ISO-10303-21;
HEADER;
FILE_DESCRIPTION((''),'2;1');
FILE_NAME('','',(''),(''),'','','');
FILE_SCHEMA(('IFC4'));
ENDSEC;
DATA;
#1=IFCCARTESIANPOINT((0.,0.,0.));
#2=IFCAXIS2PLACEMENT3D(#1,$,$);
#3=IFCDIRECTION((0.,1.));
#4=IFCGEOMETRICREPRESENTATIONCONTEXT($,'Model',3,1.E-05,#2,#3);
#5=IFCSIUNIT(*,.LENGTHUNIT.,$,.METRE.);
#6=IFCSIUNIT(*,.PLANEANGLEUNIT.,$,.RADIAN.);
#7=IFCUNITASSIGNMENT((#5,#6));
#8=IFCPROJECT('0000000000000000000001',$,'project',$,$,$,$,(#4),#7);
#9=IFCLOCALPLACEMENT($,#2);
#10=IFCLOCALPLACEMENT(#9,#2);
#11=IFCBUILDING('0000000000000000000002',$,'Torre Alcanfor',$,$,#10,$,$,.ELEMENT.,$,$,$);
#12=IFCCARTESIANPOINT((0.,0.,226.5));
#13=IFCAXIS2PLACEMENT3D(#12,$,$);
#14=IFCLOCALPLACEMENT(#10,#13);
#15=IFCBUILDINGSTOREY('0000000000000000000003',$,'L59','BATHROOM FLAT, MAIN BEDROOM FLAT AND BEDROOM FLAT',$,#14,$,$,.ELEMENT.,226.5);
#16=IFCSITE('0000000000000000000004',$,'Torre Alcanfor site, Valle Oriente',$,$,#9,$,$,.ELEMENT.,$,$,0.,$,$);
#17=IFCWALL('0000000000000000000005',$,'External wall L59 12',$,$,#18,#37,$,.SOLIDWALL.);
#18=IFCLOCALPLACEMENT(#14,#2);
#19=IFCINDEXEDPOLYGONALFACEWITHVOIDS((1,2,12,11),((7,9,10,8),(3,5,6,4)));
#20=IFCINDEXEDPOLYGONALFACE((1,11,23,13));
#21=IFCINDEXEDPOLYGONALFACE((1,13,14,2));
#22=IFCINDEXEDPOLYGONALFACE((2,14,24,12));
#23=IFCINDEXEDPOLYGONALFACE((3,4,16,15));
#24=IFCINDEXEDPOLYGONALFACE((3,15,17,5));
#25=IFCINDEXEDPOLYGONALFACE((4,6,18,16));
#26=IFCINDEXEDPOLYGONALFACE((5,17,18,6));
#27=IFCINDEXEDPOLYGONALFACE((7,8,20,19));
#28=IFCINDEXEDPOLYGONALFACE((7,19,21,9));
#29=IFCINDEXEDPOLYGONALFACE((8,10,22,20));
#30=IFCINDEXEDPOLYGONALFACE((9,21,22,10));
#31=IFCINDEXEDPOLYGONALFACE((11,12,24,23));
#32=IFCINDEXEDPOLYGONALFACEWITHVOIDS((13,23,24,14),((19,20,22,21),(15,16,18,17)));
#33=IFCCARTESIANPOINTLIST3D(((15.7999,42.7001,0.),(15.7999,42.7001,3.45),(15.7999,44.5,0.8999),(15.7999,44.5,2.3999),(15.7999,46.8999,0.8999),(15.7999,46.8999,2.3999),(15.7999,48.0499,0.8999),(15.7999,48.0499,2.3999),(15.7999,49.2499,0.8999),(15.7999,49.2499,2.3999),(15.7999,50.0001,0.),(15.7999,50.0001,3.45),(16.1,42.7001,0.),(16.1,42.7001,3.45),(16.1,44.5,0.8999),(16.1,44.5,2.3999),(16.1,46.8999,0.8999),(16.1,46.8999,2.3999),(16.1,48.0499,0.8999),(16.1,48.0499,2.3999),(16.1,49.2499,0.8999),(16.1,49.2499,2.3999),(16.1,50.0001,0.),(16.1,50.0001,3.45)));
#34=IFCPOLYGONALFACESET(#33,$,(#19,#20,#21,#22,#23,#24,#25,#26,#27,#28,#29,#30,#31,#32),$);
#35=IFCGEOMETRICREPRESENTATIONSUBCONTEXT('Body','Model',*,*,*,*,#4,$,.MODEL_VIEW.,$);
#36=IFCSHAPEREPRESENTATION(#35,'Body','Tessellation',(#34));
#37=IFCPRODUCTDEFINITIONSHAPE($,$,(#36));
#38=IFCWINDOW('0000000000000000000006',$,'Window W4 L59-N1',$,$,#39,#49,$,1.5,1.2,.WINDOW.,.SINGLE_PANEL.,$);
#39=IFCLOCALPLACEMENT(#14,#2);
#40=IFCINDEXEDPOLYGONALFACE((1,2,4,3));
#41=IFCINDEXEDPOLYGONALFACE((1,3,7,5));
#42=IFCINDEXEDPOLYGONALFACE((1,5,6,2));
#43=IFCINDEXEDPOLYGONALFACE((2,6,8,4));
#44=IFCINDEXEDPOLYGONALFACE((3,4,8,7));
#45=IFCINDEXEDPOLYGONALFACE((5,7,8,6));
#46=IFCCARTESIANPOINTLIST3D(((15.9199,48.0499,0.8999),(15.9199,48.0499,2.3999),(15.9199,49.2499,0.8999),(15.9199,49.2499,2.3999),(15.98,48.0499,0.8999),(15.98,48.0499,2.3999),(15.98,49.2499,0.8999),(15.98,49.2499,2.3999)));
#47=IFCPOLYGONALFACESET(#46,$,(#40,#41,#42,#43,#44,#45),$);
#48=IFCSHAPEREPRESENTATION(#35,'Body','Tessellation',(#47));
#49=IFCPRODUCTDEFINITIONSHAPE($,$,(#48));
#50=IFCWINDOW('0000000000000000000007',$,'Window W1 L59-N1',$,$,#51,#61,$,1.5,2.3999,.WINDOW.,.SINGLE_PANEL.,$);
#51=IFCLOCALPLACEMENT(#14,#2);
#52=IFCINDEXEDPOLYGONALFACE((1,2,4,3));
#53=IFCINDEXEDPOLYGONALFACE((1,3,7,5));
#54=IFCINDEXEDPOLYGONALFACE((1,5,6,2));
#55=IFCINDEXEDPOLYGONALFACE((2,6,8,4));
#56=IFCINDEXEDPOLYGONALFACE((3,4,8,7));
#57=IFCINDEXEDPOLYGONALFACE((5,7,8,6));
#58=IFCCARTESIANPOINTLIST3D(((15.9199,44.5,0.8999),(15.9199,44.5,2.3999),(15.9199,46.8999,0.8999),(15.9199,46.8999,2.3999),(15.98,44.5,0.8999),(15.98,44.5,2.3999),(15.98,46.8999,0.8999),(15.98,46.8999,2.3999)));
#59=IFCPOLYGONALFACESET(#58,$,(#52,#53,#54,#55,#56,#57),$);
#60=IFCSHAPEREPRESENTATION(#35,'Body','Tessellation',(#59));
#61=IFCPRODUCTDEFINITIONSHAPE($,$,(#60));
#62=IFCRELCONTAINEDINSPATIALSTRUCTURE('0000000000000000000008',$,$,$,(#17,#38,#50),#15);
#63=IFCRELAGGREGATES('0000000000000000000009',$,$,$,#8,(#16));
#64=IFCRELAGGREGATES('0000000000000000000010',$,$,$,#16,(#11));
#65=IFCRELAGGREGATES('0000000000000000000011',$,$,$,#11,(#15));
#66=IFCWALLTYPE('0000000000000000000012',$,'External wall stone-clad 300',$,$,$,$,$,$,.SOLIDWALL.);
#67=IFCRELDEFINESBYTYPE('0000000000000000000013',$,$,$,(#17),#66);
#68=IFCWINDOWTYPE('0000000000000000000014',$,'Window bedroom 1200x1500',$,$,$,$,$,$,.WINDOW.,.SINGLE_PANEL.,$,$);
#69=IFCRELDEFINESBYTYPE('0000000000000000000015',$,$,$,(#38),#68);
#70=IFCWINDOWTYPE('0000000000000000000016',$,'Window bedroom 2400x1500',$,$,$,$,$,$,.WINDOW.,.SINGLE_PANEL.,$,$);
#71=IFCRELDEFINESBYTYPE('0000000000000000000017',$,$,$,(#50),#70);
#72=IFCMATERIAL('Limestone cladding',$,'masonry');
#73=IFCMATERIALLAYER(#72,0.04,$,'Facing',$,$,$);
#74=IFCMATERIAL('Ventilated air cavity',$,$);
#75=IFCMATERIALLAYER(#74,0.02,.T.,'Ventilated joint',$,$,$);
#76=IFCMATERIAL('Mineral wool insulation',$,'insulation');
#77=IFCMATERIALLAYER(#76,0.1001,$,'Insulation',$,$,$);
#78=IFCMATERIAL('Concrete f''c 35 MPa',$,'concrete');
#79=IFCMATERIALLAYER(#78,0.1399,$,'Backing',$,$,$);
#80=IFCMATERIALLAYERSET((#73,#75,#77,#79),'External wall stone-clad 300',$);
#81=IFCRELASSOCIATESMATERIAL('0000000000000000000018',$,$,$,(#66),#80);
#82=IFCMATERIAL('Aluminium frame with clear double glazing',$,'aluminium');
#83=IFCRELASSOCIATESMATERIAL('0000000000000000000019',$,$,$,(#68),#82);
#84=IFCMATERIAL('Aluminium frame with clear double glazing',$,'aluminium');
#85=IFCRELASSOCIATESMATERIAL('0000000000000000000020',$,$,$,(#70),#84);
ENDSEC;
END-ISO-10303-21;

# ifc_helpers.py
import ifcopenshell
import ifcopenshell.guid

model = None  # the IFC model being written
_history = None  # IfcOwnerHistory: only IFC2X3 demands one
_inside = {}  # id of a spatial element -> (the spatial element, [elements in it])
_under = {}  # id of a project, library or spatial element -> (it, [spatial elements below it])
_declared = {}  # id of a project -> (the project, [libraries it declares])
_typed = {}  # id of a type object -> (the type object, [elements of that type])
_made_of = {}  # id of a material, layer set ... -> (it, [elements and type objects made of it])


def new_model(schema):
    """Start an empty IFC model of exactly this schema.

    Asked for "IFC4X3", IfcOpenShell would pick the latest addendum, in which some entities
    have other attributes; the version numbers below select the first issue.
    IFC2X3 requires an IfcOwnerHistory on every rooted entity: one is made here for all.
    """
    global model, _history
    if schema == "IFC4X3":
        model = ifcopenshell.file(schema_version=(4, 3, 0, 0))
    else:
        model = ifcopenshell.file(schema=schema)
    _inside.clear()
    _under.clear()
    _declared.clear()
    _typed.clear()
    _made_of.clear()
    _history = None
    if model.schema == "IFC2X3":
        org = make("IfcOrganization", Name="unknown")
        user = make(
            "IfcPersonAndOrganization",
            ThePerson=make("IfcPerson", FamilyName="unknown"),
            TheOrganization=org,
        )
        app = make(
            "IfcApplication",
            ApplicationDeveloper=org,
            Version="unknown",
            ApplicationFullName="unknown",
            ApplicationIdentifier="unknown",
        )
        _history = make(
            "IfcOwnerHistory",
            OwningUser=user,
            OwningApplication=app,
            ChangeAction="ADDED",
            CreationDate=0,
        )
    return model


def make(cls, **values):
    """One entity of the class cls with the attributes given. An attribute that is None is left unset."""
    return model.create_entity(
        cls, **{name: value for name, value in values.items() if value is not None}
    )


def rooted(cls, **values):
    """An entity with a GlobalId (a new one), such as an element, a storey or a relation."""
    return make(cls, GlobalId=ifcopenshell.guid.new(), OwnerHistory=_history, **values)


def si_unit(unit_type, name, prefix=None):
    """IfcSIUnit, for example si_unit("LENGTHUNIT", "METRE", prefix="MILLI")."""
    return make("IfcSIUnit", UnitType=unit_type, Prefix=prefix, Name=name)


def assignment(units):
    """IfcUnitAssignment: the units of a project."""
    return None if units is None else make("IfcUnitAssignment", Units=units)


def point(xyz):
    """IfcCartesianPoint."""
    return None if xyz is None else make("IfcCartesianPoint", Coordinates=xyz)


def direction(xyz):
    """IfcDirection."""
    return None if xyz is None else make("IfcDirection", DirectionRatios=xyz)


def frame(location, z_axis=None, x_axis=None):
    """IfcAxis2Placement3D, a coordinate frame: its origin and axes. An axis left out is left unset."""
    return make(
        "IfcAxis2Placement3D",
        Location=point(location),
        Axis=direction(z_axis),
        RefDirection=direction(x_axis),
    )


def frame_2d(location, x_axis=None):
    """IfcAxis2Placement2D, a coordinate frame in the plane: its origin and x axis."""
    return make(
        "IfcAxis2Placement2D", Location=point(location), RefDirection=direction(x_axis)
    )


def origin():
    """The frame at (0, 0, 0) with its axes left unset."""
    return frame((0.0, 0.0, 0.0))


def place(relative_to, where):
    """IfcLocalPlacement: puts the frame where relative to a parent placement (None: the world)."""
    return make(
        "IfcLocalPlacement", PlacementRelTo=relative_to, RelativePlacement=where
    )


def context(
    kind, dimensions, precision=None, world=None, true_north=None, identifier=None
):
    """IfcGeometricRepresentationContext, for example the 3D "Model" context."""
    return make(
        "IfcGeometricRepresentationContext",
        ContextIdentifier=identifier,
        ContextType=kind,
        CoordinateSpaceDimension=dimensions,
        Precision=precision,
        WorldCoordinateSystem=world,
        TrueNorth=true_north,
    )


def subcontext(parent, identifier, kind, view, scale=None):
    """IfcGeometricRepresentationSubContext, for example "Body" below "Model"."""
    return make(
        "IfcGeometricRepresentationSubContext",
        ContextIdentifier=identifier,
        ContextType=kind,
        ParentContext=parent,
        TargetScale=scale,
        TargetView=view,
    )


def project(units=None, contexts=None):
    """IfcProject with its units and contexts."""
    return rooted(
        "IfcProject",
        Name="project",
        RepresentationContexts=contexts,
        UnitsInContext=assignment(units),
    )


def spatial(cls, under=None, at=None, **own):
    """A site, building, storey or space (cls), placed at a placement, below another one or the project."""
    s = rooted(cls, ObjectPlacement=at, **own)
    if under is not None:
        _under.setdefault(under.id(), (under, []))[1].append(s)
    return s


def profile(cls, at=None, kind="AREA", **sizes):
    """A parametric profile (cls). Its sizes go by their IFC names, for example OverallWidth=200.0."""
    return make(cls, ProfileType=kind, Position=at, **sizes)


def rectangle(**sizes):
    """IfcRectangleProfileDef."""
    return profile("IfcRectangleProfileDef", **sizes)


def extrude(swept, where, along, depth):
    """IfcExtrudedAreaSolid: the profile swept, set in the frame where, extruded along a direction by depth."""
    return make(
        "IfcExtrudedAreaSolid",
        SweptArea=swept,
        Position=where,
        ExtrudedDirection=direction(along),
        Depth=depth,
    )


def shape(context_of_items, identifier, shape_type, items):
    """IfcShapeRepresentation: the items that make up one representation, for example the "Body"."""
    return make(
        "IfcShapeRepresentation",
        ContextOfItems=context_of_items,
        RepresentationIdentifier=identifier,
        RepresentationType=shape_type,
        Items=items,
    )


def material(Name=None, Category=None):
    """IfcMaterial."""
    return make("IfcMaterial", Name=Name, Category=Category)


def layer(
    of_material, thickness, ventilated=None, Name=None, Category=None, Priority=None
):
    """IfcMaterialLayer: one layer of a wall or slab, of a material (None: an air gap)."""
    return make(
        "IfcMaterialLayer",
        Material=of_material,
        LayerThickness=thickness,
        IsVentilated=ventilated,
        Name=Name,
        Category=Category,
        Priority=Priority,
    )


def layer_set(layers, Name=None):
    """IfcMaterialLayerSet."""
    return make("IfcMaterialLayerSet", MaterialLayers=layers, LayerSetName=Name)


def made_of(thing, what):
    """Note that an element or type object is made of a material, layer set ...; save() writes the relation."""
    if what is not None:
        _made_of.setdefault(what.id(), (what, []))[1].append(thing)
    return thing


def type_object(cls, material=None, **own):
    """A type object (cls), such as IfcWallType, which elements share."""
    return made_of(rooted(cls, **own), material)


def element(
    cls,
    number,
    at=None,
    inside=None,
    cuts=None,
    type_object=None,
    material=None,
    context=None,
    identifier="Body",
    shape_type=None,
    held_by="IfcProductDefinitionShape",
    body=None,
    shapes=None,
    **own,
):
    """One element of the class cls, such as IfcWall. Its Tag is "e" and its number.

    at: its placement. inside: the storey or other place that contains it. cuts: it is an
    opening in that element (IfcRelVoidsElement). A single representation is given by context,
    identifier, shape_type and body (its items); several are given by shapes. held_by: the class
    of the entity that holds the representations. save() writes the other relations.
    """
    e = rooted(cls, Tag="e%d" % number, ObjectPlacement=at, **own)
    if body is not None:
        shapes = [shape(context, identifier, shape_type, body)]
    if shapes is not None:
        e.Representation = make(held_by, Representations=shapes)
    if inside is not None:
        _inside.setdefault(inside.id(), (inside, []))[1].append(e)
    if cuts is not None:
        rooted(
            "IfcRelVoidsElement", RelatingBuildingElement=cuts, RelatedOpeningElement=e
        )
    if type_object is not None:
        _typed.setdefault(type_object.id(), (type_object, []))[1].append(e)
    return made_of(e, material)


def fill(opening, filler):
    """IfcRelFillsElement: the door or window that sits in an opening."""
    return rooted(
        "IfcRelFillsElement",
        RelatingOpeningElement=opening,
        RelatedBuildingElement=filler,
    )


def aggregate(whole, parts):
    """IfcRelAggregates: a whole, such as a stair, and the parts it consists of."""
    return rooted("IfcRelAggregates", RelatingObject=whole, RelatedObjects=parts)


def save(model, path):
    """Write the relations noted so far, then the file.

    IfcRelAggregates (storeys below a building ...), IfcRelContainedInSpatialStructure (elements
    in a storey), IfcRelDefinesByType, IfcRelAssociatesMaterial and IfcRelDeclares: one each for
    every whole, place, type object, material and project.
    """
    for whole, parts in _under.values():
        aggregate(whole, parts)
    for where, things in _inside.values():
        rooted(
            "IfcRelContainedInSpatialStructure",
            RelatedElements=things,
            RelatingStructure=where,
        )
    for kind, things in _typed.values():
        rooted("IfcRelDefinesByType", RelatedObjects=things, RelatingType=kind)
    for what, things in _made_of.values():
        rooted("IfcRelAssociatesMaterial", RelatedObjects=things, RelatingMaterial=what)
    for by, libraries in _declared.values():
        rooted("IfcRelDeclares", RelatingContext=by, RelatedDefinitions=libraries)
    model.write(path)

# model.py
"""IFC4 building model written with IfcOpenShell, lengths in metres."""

from ifc_helpers import new_model, si_unit, direction, frame, frame_2d, origin, place, context, subcontext, project, spatial, rectangle, extrude, material, layer, layer_set, type_object, element, fill, save


model = new_model("IFC4")

# Units and contexts
model_context = context("Model", 3, precision=1e-05, world=origin(), true_north=direction((0.0, 1.0)))
body_context = subcontext(model_context, "Body", "Model", "MODEL_VIEW")
ifc_project = project(units=[si_unit("LENGTHUNIT", "METRE"), si_unit("PLANEANGLEUNIT", "RADIAN")], contexts=[model_context])

# Site, building, storey
site_placement = place(None, origin())
site = spatial("IfcSite", under=ifc_project, at=site_placement, Name="Torre Alcanfor site, Valle Oriente", CompositionType="ELEMENT", RefElevation=0.0)
building_placement = place(site_placement, origin())
building = spatial("IfcBuilding", under=site, at=building_placement, Name="Torre Alcanfor", CompositionType="ELEMENT")
storey_placement = place(building_placement, frame((0.0, 0.0, 226.5)))
storey = spatial("IfcBuildingStorey", under=building, at=storey_placement, Name="L59", Description="BATHROOM FLAT, MAIN BEDROOM FLAT AND BEDROOM FLAT", CompositionType="ELEMENT", Elevation=226.5)

# Shared definitions
ifc_material_1 = material(Name="Limestone cladding", Category="masonry")
ifc_layer_1 = layer(ifc_material_1, 0.04, Name="Facing")
ifc_material_2 = material(Name="Ventilated air cavity")
ifc_layer_2 = layer(ifc_material_2, 0.02, ventilated=True, Name="Ventilated joint")
ifc_material_3 = material(Name="Mineral wool insulation", Category="insulation")
ifc_layer_3 = layer(ifc_material_3, 0.1001, Name="Insulation")
ifc_material_4 = material(Name="Concrete f'c 35 MPa", Category="concrete")
ifc_layer_4 = layer(ifc_material_4, 0.1399, Name="Backing")
ifc_layer_set_1 = layer_set([ifc_layer_1, ifc_layer_2, ifc_layer_3, ifc_layer_4], Name="External wall stone-clad 300")
wall_type_1 = type_object("IfcWallType", Name="External wall stone-clad 300", PredefinedType="SOLIDWALL", material=ifc_layer_set_1)
ifc_material_5 = material(Name="Aluminium frame with clear double glazing", Category="aluminium")
window_type_1 = type_object("IfcWindowType", Name="Window bedroom 1200x1500", PartitioningType="SINGLE_PANEL", PredefinedType="WINDOW", material=ifc_material_5)

# Wall, openings, windows
wall_1_placement = place(storey_placement, frame((15.95, 50.0, 0.0), z_axis=(0.0, 0.0, 1.0), x_axis=(0.0, -1.0, 0.0)))
wall_1 = element("IfcWall", 1, at=wall_1_placement, inside=storey, type_object=wall_type_1, Name="External wall L59 12", PredefinedType="SOLIDWALL", context=body_context, shape_type="SweptSolid", body=[
    extrude(rectangle(XDim=7.3, YDim=0.3, at=frame_2d((3.6499, 0.0))), origin(), (0.0, 0.0, 1.0), 3.45),
])
opening_1_placement = place(wall_1_placement, frame((3.1001, 0.0, 0.8999)))
opening_1 = element("IfcOpeningElement", 2, at=opening_1_placement, cuts=wall_1, PredefinedType="OPENING", context=body_context, shape_type="SweptSolid", body=[
    extrude(rectangle(XDim=2.3999, YDim=1.5, at=frame_2d((1.2, 0.75))), frame((0.0, 0.1599, 0.0), z_axis=(0.0, -1.0, 0.0), x_axis=(1.0, 0.0, 0.0)), (0.0, 0.0, 1.0), 0.3201),
])
opening_2_placement = place(wall_1_placement, frame((0.75, 0.0, 0.8999)))
opening_2 = element("IfcOpeningElement", 3, at=opening_2_placement, cuts=wall_1, PredefinedType="OPENING", context=body_context, shape_type="SweptSolid", body=[
    extrude(rectangle(XDim=1.2, YDim=1.5, at=frame_2d((0.6001, 0.75))), frame((0.0, 0.1599, 0.0), z_axis=(0.0, -1.0, 0.0), x_axis=(1.0, 0.0, 0.0)), (0.0, 0.0, 1.0), 0.3201),
])
window_1_placement = place(opening_2_placement, origin())
window_1 = element("IfcWindow", 4, at=window_1_placement, inside=storey, type_object=window_type_1, Name="Window W4 L59-N1", OverallHeight=1.5, OverallWidth=1.2, PartitioningType="SINGLE_PANEL", PredefinedType="WINDOW", context=body_context, shape_type="SweptSolid", body=[
    extrude(rectangle(XDim=1.2, YDim=1.5, at=frame_2d((0.6001, 0.75))), frame((0.0, 0.03, 0.0), z_axis=(0.0, -1.0, 0.0), x_axis=(1.0, 0.0, 0.0)), (0.0, 0.0, 1.0), 0.0601),
])
fill(opening_2, window_1)
ifc_material_6 = material(Name="Aluminium frame with clear double glazing", Category="aluminium")
window_type_2 = type_object("IfcWindowType", Name="Window bedroom 2400x1500", PartitioningType="SINGLE_PANEL", PredefinedType="WINDOW", material=ifc_material_6)
window_2_placement = place(opening_1_placement, origin())
window_2 = element("IfcWindow", 5, at=window_2_placement, inside=storey, type_object=window_type_2, Name="Window W1 L59-N1", OverallHeight=1.5, OverallWidth=2.3999, PartitioningType="SINGLE_PANEL", PredefinedType="WINDOW", context=body_context, shape_type="SweptSolid", body=[
    extrude(rectangle(XDim=2.3999, YDim=1.5, at=frame_2d((1.2, 0.75))), frame((0.0, 0.03, 0.0), z_axis=(0.0, -1.0, 0.0), x_axis=(1.0, 0.0, 0.0)), (0.0, 0.0, 1.0), 0.0601),
])
fill(opening_1, window_2)

save(model, "model.ifc")
